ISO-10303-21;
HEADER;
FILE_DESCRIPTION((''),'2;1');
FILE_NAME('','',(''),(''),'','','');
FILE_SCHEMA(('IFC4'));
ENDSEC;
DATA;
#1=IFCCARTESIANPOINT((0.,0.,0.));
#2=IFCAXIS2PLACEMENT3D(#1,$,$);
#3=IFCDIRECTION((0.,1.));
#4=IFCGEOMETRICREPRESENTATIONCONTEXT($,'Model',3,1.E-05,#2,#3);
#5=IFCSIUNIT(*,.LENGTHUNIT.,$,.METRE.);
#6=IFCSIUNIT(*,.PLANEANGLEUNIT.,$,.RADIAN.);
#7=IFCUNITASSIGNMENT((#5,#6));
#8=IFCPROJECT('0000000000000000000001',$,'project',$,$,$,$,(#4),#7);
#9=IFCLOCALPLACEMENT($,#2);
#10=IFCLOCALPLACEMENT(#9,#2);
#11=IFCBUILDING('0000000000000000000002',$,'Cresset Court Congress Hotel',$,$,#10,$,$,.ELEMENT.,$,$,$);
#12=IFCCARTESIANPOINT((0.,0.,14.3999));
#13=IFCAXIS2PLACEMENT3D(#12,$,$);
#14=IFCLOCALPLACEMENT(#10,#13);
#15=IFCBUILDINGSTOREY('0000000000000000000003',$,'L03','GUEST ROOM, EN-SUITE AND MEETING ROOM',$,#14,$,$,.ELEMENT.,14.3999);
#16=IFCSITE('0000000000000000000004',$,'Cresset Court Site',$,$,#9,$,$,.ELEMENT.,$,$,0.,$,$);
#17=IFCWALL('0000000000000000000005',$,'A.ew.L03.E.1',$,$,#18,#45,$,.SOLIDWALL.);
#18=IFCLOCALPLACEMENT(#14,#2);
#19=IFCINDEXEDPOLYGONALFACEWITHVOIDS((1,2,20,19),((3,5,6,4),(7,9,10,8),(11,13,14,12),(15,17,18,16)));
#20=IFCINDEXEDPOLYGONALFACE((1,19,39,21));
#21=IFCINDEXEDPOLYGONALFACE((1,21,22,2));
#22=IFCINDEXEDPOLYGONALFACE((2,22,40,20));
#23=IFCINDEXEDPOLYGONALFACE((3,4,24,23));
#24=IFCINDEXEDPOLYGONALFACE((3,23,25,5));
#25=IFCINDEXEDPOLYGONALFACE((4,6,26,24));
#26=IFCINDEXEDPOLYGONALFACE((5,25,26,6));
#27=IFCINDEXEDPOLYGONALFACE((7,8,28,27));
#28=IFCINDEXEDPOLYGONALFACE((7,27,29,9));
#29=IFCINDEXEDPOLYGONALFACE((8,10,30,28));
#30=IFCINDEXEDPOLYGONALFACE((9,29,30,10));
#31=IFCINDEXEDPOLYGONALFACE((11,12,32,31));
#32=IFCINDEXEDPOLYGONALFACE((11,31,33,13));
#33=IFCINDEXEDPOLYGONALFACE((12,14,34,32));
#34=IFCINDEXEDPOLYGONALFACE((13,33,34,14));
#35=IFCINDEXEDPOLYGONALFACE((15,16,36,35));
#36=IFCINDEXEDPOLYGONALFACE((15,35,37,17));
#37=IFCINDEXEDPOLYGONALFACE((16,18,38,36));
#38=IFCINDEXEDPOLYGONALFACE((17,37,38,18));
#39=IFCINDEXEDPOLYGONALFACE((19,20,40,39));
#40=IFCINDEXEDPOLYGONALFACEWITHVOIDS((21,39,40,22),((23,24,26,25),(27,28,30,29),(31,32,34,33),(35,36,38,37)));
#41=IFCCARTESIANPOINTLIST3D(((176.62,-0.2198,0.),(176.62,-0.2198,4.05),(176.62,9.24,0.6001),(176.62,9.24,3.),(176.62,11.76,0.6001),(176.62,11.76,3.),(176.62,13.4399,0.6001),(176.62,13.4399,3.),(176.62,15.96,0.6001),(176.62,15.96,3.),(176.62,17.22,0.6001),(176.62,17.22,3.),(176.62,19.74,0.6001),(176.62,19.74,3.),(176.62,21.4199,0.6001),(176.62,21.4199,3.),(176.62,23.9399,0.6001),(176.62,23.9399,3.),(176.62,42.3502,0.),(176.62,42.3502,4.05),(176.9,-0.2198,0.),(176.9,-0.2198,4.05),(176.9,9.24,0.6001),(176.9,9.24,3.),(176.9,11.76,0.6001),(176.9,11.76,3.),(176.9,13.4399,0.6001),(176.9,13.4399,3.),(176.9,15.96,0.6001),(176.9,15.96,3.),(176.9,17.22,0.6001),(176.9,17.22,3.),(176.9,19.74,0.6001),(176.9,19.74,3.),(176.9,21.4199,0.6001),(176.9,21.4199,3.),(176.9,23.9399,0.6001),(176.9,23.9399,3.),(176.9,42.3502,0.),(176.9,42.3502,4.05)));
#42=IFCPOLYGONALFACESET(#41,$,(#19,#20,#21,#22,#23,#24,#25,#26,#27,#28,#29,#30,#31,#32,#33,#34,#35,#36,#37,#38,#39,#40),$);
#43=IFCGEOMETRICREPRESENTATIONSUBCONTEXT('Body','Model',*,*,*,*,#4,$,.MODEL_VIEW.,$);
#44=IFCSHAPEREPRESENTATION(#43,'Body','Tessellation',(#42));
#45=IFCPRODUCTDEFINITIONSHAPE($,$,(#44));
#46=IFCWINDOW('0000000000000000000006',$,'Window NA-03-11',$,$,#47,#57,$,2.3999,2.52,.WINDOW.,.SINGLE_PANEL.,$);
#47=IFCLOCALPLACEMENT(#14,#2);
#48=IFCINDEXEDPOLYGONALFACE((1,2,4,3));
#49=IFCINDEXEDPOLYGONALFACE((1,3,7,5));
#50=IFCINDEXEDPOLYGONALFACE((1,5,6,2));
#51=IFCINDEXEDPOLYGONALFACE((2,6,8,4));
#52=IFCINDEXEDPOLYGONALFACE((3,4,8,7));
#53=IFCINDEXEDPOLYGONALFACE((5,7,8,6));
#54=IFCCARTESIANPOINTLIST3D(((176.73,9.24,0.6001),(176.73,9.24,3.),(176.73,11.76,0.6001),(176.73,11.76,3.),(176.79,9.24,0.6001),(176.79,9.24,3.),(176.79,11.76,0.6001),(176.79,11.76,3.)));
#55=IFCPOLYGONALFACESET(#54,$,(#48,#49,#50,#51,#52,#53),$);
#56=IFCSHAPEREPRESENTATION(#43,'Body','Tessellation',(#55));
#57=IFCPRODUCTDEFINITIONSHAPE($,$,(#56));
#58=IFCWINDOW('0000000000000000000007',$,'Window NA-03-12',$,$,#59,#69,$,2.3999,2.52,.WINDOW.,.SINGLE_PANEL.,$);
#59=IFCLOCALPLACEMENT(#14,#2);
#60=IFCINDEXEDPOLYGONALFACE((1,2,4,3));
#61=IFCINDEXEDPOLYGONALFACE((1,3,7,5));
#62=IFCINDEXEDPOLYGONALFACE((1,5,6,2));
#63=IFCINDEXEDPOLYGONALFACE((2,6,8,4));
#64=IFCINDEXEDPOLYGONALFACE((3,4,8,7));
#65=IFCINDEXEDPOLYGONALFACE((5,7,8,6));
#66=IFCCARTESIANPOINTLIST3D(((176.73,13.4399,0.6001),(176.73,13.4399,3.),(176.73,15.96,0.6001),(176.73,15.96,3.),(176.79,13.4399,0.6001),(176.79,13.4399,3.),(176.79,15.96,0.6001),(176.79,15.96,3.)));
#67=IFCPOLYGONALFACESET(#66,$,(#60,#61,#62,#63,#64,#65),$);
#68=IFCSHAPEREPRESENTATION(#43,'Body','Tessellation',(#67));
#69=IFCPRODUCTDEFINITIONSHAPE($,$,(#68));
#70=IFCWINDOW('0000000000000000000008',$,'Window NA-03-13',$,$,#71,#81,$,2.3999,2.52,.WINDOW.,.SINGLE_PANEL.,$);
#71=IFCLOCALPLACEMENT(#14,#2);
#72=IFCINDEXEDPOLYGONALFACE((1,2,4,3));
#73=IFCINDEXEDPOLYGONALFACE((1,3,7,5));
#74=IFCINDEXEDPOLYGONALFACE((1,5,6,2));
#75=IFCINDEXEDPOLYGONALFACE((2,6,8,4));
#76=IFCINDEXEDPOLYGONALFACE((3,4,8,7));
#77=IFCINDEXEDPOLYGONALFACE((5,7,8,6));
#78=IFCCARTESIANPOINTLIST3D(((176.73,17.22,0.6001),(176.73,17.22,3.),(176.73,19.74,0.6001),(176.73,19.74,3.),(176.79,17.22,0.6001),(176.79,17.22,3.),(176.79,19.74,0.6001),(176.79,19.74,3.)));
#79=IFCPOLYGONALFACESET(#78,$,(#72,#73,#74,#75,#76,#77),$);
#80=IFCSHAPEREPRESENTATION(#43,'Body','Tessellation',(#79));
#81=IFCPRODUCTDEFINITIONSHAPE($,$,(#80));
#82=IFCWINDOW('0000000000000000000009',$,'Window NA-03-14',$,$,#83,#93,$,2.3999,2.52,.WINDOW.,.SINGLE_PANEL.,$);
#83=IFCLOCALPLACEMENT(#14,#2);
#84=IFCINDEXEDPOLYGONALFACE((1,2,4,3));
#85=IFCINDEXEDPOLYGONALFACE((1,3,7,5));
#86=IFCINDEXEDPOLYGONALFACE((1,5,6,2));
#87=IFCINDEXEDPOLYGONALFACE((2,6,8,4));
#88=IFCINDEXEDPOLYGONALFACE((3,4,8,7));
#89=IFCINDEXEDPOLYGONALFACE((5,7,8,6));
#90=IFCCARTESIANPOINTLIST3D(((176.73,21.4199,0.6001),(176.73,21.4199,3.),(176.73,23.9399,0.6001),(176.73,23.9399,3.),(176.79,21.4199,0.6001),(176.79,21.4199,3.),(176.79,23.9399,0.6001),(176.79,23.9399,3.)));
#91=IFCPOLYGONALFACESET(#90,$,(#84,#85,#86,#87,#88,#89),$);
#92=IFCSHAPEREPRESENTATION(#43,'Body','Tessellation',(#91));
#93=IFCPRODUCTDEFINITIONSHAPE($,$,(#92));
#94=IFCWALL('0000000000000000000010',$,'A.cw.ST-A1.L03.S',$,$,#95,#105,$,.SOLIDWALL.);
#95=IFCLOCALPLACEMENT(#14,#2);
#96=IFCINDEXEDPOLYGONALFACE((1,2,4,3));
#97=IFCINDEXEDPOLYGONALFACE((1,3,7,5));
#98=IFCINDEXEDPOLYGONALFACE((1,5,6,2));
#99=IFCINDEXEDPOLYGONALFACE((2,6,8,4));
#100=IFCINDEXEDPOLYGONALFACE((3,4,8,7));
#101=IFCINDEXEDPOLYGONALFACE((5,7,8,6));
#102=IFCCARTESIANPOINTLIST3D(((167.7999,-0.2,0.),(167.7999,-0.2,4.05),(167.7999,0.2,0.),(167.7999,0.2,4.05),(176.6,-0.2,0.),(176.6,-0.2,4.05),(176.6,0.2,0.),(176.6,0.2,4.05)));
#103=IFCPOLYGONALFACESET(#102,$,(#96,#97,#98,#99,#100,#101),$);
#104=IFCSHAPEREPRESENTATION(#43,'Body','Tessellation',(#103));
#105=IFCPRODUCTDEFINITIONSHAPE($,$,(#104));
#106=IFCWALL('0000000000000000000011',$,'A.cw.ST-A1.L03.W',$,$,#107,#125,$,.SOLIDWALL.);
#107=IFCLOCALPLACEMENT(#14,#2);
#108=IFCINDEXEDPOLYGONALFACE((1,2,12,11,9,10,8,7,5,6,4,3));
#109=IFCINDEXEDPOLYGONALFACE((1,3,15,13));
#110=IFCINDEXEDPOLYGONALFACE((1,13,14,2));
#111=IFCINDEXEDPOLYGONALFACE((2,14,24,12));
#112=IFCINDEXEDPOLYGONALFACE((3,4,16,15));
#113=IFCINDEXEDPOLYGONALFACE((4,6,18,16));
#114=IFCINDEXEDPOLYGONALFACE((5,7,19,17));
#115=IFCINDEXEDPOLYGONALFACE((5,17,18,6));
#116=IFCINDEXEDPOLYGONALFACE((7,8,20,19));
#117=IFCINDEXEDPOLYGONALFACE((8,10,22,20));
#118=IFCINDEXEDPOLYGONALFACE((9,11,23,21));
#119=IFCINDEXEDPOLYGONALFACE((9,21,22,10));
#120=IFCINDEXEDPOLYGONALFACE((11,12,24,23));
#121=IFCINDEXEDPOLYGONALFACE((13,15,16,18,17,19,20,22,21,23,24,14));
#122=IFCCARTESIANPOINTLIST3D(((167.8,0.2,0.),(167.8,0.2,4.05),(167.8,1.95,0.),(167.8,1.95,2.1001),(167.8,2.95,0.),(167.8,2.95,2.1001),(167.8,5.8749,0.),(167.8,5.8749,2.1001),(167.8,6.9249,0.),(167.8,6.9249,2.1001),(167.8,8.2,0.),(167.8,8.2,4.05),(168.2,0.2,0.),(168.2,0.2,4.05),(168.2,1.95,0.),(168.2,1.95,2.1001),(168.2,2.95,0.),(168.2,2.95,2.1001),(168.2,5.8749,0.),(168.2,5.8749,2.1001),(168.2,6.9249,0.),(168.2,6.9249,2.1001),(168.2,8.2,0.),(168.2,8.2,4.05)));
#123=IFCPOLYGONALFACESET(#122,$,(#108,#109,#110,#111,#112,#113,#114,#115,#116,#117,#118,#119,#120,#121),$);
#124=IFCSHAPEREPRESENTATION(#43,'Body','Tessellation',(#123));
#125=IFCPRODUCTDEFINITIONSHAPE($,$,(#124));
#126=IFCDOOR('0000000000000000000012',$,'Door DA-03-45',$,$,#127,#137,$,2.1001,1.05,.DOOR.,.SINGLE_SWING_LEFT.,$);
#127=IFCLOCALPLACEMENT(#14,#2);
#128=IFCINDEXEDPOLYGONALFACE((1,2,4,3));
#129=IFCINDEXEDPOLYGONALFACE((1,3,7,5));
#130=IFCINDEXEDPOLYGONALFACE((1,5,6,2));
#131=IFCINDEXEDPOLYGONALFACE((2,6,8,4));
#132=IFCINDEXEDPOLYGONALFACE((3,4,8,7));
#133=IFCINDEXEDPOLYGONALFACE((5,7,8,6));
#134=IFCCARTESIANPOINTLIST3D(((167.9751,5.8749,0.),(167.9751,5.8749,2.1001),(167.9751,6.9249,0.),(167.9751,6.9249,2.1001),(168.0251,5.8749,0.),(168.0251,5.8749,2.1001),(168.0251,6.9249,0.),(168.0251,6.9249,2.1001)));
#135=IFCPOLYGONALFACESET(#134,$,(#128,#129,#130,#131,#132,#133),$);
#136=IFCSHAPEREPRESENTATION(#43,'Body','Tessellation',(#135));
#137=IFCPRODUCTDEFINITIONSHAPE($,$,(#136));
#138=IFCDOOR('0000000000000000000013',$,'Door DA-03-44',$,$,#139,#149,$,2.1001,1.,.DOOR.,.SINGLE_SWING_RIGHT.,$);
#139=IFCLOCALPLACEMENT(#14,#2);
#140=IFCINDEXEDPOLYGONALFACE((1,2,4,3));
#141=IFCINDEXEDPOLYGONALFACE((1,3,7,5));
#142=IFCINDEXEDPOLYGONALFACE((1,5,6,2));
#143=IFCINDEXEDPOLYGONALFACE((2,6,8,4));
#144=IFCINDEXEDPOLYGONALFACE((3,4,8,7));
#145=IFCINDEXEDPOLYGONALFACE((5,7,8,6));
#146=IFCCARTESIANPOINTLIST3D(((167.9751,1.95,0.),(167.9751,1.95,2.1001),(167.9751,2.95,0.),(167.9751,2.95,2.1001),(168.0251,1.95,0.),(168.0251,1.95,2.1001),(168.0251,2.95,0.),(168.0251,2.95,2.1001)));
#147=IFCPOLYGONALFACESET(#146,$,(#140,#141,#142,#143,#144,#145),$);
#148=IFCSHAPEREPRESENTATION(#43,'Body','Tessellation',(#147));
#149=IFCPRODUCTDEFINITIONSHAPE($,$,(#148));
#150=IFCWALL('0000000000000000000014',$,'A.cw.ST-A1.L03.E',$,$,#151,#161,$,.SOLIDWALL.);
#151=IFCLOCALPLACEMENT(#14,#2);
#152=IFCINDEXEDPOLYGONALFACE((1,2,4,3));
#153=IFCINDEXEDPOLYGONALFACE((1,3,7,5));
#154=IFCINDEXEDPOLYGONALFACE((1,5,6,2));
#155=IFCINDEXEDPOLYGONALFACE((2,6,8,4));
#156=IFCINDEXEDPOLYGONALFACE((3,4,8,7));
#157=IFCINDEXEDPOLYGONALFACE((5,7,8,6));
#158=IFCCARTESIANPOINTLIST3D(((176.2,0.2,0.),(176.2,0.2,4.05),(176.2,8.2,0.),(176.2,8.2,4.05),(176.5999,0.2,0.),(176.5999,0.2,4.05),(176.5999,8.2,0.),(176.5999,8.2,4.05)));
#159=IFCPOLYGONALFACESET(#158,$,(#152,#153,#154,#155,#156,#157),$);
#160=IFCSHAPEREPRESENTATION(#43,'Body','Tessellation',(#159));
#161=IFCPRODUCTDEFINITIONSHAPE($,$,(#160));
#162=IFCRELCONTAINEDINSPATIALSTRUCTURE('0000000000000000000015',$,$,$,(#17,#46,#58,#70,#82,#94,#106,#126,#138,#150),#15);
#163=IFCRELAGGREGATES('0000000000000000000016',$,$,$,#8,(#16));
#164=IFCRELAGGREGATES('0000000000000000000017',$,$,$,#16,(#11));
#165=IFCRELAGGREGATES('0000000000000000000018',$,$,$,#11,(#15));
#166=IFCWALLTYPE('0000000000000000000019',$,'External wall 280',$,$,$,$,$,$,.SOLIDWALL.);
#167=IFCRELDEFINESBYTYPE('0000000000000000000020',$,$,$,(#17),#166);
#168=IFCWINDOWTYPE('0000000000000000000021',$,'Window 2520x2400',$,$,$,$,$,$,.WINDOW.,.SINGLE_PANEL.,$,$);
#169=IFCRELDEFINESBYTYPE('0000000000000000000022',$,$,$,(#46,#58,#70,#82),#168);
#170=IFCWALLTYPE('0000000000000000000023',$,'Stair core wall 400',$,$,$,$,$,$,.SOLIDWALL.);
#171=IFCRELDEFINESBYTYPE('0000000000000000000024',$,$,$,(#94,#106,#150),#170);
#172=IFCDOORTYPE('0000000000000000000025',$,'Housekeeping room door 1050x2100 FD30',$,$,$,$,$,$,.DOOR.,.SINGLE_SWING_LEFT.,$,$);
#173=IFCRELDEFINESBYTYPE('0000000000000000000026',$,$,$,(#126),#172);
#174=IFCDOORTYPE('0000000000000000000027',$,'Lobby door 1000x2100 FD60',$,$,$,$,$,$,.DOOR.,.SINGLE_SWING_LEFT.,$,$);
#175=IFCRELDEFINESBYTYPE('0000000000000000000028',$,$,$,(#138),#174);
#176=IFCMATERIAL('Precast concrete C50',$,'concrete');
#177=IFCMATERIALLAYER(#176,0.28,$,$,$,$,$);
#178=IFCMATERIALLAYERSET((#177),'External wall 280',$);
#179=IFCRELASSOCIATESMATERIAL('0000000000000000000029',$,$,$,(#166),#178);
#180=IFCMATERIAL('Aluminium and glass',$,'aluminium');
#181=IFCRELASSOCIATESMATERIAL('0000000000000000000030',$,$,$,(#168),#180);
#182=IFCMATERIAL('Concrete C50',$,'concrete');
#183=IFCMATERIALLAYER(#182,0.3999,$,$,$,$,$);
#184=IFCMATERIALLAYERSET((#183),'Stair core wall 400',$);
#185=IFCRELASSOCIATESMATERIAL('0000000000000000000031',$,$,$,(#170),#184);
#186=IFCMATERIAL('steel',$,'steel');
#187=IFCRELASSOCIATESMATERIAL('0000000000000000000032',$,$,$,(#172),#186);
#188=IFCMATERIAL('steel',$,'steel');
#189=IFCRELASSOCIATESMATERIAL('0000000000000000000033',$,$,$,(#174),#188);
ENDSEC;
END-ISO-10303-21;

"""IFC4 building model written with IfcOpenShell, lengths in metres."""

from ifc_helpers import new_model, si_unit, direction, frame, frame_2d, origin, place, context, subcontext, project, spatial, rectangle, extrude, material, layer, layer_set, type_object, element, fill, save


model = new_model("IFC4")

# Units and contexts
model_context = context("Model", 3, precision=1e-05, world=origin(), true_north=direction((0.0, 1.0)))
body_context = subcontext(model_context, "Body", "Model", "MODEL_VIEW")
ifc_project = project(units=[si_unit("LENGTHUNIT", "METRE"), si_unit("PLANEANGLEUNIT", "RADIAN")], contexts=[model_context])

# Site, building, storey
site_placement = place(None, origin())
site = spatial("IfcSite", under=ifc_project, at=site_placement, Name="Cresset Court Site", CompositionType="ELEMENT", RefElevation=0.0)
building_placement = place(site_placement, origin())
building = spatial("IfcBuilding", under=site, at=building_placement, Name="Cresset Court Congress Hotel", CompositionType="ELEMENT")
storey_placement = place(building_placement, frame((0.0, 0.0, 14.3999)))
storey = spatial("IfcBuildingStorey", under=building, at=storey_placement, Name="L03", Description="GUEST ROOM, EN-SUITE AND MEETING ROOM", CompositionType="ELEMENT", Elevation=14.3999)

# Wall, openings, windows
ifc_material_1 = material(Name="Precast concrete C50", Category="concrete")
ifc_layer_1 = layer(ifc_material_1, 0.28)
ifc_layer_set_1 = layer_set([ifc_layer_1], Name="External wall 280")
wall_type_1 = type_object("IfcWallType", Name="External wall 280", PredefinedType="SOLIDWALL", material=ifc_layer_set_1)
wall_1_placement = place(storey_placement, frame((176.76, -0.22, 0.0), z_axis=(0.0, 0.0, 1.0), x_axis=(0.0, 1.0, 0.0)))
wall_1 = element("IfcWall", 1, at=wall_1_placement, inside=storey, type_object=wall_type_1, Name="A.ew.L03.E.1", PredefinedType="SOLIDWALL", context=body_context, shape_type="SweptSolid", body=[
    extrude(rectangle(XDim=42.5701, YDim=0.28, at=frame_2d((21.2852, 0.0))), origin(), (0.0, 0.0, 1.0), 4.05),
])
opening_1_placement = place(wall_1_placement, frame((9.46, 0.0, 0.6001)))
opening_1 = element("IfcOpeningElement", 2, at=opening_1_placement, cuts=wall_1, PredefinedType="OPENING", context=body_context, shape_type="SweptSolid", body=[
    extrude(rectangle(XDim=2.52, YDim=2.3999, at=frame_2d((1.26, 1.2))), frame((0.0, 0.1499, 0.0), z_axis=(0.0, -1.0, 0.0), x_axis=(1.0, 0.0, 0.0)), (0.0, 0.0, 1.0), 0.3),
])
opening_2_placement = place(wall_1_placement, frame((13.6599, 0.0, 0.6001)))
opening_2 = element("IfcOpeningElement", 3, at=opening_2_placement, cuts=wall_1, PredefinedType="OPENING", context=body_context, shape_type="SweptSolid", body=[
    extrude(rectangle(XDim=2.52, YDim=2.3999, at=frame_2d((1.26, 1.2))), frame((0.0, 0.1499, 0.0), z_axis=(0.0, -1.0, 0.0), x_axis=(1.0, 0.0, 0.0)), (0.0, 0.0, 1.0), 0.3),
])
opening_3_placement = place(wall_1_placement, frame((17.4399, 0.0, 0.6001)))
opening_3 = element("IfcOpeningElement", 4, at=opening_3_placement, cuts=wall_1, PredefinedType="OPENING", context=body_context, shape_type="SweptSolid", body=[
    extrude(rectangle(XDim=2.52, YDim=2.3999, at=frame_2d((1.26, 1.2))), frame((0.0, 0.1499, 0.0), z_axis=(0.0, -1.0, 0.0), x_axis=(1.0, 0.0, 0.0)), (0.0, 0.0, 1.0), 0.3),
])
opening_4_placement = place(wall_1_placement, frame((21.6399, 0.0, 0.6001)))
opening_4 = element("IfcOpeningElement", 5, at=opening_4_placement, cuts=wall_1, PredefinedType="OPENING", context=body_context, shape_type="SweptSolid", body=[
    extrude(rectangle(XDim=2.52, YDim=2.3999, at=frame_2d((1.26, 1.2))), frame((0.0, 0.1499, 0.0), z_axis=(0.0, -1.0, 0.0), x_axis=(1.0, 0.0, 0.0)), (0.0, 0.0, 1.0), 0.3),
])
ifc_material_2 = material(Name="Aluminium and glass", Category="aluminium")
window_type = type_object("IfcWindowType", Name="Window 2520x2400", PartitioningType="SINGLE_PANEL", PredefinedType="WINDOW", material=ifc_material_2)
window_1_placement = place(opening_1_placement, origin())
window_1 = element("IfcWindow", 6, at=window_1_placement, inside=storey, type_object=window_type, Name="Window NA-03-11", OverallHeight=2.3999, OverallWidth=2.52, PartitioningType="SINGLE_PANEL", PredefinedType="WINDOW", context=body_context, shape_type="SweptSolid", body=[
    extrude(rectangle(XDim=2.52, YDim=2.3999, at=frame_2d((1.26, 1.2))), frame((0.0, 0.03, 0.0), z_axis=(0.0, -1.0, 0.0), x_axis=(1.0, 0.0, 0.0)), (0.0, 0.0, 1.0), 0.0601),
])
fill(opening_1, window_1)
window_2_placement = place(opening_2_placement, origin())
window_2 = element("IfcWindow", 7, at=window_2_placement, inside=storey, type_object=window_type, Name="Window NA-03-12", OverallHeight=2.3999, OverallWidth=2.52, PartitioningType="SINGLE_PANEL", PredefinedType="WINDOW", context=body_context, shape_type="SweptSolid", body=[
    extrude(rectangle(XDim=2.52, YDim=2.3999, at=frame_2d((1.26, 1.2))), frame((0.0, 0.03, 0.0), z_axis=(0.0, -1.0, 0.0), x_axis=(1.0, 0.0, 0.0)), (0.0, 0.0, 1.0), 0.0601),
])
fill(opening_2, window_2)
window_3_placement = place(opening_3_placement, origin())
window_3 = element("IfcWindow", 8, at=window_3_placement, inside=storey, type_object=window_type, Name="Window NA-03-13", OverallHeight=2.3999, OverallWidth=2.52, PartitioningType="SINGLE_PANEL", PredefinedType="WINDOW", context=body_context, shape_type="SweptSolid", body=[
    extrude(rectangle(XDim=2.52, YDim=2.3999, at=frame_2d((1.26, 1.2))), frame((0.0, 0.03, 0.0), z_axis=(0.0, -1.0, 0.0), x_axis=(1.0, 0.0, 0.0)), (0.0, 0.0, 1.0), 0.0601),
])
fill(opening_3, window_3)
window_4_placement = place(opening_4_placement, origin())
window_4 = element("IfcWindow", 9, at=window_4_placement, inside=storey, type_object=window_type, Name="Window NA-03-14", OverallHeight=2.3999, OverallWidth=2.52, PartitioningType="SINGLE_PANEL", PredefinedType="WINDOW", context=body_context, shape_type="SweptSolid", body=[
    extrude(rectangle(XDim=2.52, YDim=2.3999, at=frame_2d((1.26, 1.2))), frame((0.0, 0.03, 0.0), z_axis=(0.0, -1.0, 0.0), x_axis=(1.0, 0.0, 0.0)), (0.0, 0.0, 1.0), 0.0601),
])
fill(opening_4, window_4)

# Wall
ifc_material_3 = material(Name="Concrete C50", Category="concrete")
ifc_layer_2 = layer(ifc_material_3, 0.3999)
ifc_layer_set_2 = layer_set([ifc_layer_2], Name="Stair core wall 400")
wall_type_2 = type_object("IfcWallType", Name="Stair core wall 400", PredefinedType="SOLIDWALL", material=ifc_layer_set_2)
wall_2_placement = place(storey_placement, frame((167.8, 0.0, 0.0), z_axis=(0.0, 0.0, 1.0), x_axis=(1.0, 0.0, 0.0)))
element("IfcWall", 10, at=wall_2_placement, inside=storey, type_object=wall_type_2, Name="A.cw.ST-A1.L03.S", PredefinedType="SOLIDWALL", context=body_context, shape_type="SweptSolid", body=[
    extrude(rectangle(XDim=8.8, YDim=0.3999, at=frame_2d((4.3999, 0.0))), origin(), (0.0, 0.0, 1.0), 4.05),
])

# Wall, openings, doors
wall_3_placement = place(storey_placement, frame((168.0, 0.2, 0.0), z_axis=(0.0, 0.0, 1.0), x_axis=(0.0, 1.0, 0.0)))
wall_3 = element("IfcWall", 11, at=wall_3_placement, inside=storey, type_object=wall_type_2, Name="A.cw.ST-A1.L03.W", PredefinedType="SOLIDWALL", context=body_context, shape_type="SweptSolid", body=[
    extrude(rectangle(XDim=8.0, YDim=0.3999, at=frame_2d((4.0, 0.0))), origin(), (0.0, 0.0, 1.0), 4.05),
])
opening_5_placement = place(wall_3_placement, frame((1.75, 0.0, 0.0)))
opening_5 = element("IfcOpeningElement", 12, at=opening_5_placement, cuts=wall_3, PredefinedType="OPENING", context=body_context, shape_type="SweptSolid", body=[
    extrude(rectangle(XDim=1.0, YDim=2.1001, at=frame_2d((0.5, 1.05))), frame((0.0, 0.21, 0.0), z_axis=(0.0, -1.0, 0.0), x_axis=(1.0, 0.0, 0.0)), (0.0, 0.0, 1.0), 0.4199),
])
opening_6_placement = place(wall_3_placement, frame((5.675, 0.0, 0.0)))
opening_6 = element("IfcOpeningElement", 13, at=opening_6_placement, cuts=wall_3, PredefinedType="OPENING", context=body_context, shape_type="SweptSolid", body=[
    extrude(rectangle(XDim=1.05, YDim=2.1001, at=frame_2d((0.5249, 1.05))), frame((0.0, 0.21, 0.0), z_axis=(0.0, -1.0, 0.0), x_axis=(1.0, 0.0, 0.0)), (0.0, 0.0, 1.0), 0.4199),
])
ifc_material_4 = material(Name="steel", Category="steel")
door_type_1 = type_object("IfcDoorType", Name="Housekeeping room door 1050x2100 FD30", OperationType="SINGLE_SWING_LEFT", PredefinedType="DOOR", material=ifc_material_4)
door_1_placement = place(opening_6_placement, origin())
door_1 = element("IfcDoor", 14, at=door_1_placement, inside=storey, type_object=door_type_1, Name="Door DA-03-45", OperationType="SINGLE_SWING_LEFT", OverallHeight=2.1001, OverallWidth=1.05, PredefinedType="DOOR", context=body_context, shape_type="SweptSolid", body=[
    extrude(rectangle(XDim=1.05, YDim=2.1001, at=frame_2d((0.5249, 1.05))), frame((0.0, 0.0249, 0.0), z_axis=(0.0, -1.0, 0.0), x_axis=(1.0, 0.0, 0.0)), (0.0, 0.0, 1.0), 0.05),
])
fill(opening_6, door_1)
ifc_material_5 = material(Name="steel", Category="steel")
door_type_2 = type_object("IfcDoorType", Name="Lobby door 1000x2100 FD60", OperationType="SINGLE_SWING_LEFT", PredefinedType="DOOR", material=ifc_material_5)
door_2_placement = place(opening_5_placement, origin())
door_2 = element("IfcDoor", 15, at=door_2_placement, inside=storey, type_object=door_type_2, Name="Door DA-03-44", OperationType="SINGLE_SWING_RIGHT", OverallHeight=2.1001, OverallWidth=1.0, PredefinedType="DOOR", context=body_context, shape_type="SweptSolid", body=[
    extrude(rectangle(XDim=1.0, YDim=2.1001, at=frame_2d((0.5, 1.05))), frame((0.0, 0.0249, 0.0), z_axis=(0.0, -1.0, 0.0), x_axis=(1.0, 0.0, 0.0)), (0.0, 0.0, 1.0), 0.05),
])
fill(opening_5, door_2)

# Wall
wall_4_placement = place(storey_placement, frame((176.3999, 0.2, 0.0), z_axis=(0.0, 0.0, 1.0), x_axis=(0.0, 1.0, 0.0)))
element("IfcWall", 16, at=wall_4_placement, inside=storey, type_object=wall_type_2, Name="A.cw.ST-A1.L03.E", PredefinedType="SOLIDWALL", context=body_context, shape_type="SweptSolid", body=[
    extrude(rectangle(XDim=8.0, YDim=0.3999, at=frame_2d((4.0, 0.0))), origin(), (0.0, 0.0, 1.0), 4.05),
])

save(model, "model.ifc")
